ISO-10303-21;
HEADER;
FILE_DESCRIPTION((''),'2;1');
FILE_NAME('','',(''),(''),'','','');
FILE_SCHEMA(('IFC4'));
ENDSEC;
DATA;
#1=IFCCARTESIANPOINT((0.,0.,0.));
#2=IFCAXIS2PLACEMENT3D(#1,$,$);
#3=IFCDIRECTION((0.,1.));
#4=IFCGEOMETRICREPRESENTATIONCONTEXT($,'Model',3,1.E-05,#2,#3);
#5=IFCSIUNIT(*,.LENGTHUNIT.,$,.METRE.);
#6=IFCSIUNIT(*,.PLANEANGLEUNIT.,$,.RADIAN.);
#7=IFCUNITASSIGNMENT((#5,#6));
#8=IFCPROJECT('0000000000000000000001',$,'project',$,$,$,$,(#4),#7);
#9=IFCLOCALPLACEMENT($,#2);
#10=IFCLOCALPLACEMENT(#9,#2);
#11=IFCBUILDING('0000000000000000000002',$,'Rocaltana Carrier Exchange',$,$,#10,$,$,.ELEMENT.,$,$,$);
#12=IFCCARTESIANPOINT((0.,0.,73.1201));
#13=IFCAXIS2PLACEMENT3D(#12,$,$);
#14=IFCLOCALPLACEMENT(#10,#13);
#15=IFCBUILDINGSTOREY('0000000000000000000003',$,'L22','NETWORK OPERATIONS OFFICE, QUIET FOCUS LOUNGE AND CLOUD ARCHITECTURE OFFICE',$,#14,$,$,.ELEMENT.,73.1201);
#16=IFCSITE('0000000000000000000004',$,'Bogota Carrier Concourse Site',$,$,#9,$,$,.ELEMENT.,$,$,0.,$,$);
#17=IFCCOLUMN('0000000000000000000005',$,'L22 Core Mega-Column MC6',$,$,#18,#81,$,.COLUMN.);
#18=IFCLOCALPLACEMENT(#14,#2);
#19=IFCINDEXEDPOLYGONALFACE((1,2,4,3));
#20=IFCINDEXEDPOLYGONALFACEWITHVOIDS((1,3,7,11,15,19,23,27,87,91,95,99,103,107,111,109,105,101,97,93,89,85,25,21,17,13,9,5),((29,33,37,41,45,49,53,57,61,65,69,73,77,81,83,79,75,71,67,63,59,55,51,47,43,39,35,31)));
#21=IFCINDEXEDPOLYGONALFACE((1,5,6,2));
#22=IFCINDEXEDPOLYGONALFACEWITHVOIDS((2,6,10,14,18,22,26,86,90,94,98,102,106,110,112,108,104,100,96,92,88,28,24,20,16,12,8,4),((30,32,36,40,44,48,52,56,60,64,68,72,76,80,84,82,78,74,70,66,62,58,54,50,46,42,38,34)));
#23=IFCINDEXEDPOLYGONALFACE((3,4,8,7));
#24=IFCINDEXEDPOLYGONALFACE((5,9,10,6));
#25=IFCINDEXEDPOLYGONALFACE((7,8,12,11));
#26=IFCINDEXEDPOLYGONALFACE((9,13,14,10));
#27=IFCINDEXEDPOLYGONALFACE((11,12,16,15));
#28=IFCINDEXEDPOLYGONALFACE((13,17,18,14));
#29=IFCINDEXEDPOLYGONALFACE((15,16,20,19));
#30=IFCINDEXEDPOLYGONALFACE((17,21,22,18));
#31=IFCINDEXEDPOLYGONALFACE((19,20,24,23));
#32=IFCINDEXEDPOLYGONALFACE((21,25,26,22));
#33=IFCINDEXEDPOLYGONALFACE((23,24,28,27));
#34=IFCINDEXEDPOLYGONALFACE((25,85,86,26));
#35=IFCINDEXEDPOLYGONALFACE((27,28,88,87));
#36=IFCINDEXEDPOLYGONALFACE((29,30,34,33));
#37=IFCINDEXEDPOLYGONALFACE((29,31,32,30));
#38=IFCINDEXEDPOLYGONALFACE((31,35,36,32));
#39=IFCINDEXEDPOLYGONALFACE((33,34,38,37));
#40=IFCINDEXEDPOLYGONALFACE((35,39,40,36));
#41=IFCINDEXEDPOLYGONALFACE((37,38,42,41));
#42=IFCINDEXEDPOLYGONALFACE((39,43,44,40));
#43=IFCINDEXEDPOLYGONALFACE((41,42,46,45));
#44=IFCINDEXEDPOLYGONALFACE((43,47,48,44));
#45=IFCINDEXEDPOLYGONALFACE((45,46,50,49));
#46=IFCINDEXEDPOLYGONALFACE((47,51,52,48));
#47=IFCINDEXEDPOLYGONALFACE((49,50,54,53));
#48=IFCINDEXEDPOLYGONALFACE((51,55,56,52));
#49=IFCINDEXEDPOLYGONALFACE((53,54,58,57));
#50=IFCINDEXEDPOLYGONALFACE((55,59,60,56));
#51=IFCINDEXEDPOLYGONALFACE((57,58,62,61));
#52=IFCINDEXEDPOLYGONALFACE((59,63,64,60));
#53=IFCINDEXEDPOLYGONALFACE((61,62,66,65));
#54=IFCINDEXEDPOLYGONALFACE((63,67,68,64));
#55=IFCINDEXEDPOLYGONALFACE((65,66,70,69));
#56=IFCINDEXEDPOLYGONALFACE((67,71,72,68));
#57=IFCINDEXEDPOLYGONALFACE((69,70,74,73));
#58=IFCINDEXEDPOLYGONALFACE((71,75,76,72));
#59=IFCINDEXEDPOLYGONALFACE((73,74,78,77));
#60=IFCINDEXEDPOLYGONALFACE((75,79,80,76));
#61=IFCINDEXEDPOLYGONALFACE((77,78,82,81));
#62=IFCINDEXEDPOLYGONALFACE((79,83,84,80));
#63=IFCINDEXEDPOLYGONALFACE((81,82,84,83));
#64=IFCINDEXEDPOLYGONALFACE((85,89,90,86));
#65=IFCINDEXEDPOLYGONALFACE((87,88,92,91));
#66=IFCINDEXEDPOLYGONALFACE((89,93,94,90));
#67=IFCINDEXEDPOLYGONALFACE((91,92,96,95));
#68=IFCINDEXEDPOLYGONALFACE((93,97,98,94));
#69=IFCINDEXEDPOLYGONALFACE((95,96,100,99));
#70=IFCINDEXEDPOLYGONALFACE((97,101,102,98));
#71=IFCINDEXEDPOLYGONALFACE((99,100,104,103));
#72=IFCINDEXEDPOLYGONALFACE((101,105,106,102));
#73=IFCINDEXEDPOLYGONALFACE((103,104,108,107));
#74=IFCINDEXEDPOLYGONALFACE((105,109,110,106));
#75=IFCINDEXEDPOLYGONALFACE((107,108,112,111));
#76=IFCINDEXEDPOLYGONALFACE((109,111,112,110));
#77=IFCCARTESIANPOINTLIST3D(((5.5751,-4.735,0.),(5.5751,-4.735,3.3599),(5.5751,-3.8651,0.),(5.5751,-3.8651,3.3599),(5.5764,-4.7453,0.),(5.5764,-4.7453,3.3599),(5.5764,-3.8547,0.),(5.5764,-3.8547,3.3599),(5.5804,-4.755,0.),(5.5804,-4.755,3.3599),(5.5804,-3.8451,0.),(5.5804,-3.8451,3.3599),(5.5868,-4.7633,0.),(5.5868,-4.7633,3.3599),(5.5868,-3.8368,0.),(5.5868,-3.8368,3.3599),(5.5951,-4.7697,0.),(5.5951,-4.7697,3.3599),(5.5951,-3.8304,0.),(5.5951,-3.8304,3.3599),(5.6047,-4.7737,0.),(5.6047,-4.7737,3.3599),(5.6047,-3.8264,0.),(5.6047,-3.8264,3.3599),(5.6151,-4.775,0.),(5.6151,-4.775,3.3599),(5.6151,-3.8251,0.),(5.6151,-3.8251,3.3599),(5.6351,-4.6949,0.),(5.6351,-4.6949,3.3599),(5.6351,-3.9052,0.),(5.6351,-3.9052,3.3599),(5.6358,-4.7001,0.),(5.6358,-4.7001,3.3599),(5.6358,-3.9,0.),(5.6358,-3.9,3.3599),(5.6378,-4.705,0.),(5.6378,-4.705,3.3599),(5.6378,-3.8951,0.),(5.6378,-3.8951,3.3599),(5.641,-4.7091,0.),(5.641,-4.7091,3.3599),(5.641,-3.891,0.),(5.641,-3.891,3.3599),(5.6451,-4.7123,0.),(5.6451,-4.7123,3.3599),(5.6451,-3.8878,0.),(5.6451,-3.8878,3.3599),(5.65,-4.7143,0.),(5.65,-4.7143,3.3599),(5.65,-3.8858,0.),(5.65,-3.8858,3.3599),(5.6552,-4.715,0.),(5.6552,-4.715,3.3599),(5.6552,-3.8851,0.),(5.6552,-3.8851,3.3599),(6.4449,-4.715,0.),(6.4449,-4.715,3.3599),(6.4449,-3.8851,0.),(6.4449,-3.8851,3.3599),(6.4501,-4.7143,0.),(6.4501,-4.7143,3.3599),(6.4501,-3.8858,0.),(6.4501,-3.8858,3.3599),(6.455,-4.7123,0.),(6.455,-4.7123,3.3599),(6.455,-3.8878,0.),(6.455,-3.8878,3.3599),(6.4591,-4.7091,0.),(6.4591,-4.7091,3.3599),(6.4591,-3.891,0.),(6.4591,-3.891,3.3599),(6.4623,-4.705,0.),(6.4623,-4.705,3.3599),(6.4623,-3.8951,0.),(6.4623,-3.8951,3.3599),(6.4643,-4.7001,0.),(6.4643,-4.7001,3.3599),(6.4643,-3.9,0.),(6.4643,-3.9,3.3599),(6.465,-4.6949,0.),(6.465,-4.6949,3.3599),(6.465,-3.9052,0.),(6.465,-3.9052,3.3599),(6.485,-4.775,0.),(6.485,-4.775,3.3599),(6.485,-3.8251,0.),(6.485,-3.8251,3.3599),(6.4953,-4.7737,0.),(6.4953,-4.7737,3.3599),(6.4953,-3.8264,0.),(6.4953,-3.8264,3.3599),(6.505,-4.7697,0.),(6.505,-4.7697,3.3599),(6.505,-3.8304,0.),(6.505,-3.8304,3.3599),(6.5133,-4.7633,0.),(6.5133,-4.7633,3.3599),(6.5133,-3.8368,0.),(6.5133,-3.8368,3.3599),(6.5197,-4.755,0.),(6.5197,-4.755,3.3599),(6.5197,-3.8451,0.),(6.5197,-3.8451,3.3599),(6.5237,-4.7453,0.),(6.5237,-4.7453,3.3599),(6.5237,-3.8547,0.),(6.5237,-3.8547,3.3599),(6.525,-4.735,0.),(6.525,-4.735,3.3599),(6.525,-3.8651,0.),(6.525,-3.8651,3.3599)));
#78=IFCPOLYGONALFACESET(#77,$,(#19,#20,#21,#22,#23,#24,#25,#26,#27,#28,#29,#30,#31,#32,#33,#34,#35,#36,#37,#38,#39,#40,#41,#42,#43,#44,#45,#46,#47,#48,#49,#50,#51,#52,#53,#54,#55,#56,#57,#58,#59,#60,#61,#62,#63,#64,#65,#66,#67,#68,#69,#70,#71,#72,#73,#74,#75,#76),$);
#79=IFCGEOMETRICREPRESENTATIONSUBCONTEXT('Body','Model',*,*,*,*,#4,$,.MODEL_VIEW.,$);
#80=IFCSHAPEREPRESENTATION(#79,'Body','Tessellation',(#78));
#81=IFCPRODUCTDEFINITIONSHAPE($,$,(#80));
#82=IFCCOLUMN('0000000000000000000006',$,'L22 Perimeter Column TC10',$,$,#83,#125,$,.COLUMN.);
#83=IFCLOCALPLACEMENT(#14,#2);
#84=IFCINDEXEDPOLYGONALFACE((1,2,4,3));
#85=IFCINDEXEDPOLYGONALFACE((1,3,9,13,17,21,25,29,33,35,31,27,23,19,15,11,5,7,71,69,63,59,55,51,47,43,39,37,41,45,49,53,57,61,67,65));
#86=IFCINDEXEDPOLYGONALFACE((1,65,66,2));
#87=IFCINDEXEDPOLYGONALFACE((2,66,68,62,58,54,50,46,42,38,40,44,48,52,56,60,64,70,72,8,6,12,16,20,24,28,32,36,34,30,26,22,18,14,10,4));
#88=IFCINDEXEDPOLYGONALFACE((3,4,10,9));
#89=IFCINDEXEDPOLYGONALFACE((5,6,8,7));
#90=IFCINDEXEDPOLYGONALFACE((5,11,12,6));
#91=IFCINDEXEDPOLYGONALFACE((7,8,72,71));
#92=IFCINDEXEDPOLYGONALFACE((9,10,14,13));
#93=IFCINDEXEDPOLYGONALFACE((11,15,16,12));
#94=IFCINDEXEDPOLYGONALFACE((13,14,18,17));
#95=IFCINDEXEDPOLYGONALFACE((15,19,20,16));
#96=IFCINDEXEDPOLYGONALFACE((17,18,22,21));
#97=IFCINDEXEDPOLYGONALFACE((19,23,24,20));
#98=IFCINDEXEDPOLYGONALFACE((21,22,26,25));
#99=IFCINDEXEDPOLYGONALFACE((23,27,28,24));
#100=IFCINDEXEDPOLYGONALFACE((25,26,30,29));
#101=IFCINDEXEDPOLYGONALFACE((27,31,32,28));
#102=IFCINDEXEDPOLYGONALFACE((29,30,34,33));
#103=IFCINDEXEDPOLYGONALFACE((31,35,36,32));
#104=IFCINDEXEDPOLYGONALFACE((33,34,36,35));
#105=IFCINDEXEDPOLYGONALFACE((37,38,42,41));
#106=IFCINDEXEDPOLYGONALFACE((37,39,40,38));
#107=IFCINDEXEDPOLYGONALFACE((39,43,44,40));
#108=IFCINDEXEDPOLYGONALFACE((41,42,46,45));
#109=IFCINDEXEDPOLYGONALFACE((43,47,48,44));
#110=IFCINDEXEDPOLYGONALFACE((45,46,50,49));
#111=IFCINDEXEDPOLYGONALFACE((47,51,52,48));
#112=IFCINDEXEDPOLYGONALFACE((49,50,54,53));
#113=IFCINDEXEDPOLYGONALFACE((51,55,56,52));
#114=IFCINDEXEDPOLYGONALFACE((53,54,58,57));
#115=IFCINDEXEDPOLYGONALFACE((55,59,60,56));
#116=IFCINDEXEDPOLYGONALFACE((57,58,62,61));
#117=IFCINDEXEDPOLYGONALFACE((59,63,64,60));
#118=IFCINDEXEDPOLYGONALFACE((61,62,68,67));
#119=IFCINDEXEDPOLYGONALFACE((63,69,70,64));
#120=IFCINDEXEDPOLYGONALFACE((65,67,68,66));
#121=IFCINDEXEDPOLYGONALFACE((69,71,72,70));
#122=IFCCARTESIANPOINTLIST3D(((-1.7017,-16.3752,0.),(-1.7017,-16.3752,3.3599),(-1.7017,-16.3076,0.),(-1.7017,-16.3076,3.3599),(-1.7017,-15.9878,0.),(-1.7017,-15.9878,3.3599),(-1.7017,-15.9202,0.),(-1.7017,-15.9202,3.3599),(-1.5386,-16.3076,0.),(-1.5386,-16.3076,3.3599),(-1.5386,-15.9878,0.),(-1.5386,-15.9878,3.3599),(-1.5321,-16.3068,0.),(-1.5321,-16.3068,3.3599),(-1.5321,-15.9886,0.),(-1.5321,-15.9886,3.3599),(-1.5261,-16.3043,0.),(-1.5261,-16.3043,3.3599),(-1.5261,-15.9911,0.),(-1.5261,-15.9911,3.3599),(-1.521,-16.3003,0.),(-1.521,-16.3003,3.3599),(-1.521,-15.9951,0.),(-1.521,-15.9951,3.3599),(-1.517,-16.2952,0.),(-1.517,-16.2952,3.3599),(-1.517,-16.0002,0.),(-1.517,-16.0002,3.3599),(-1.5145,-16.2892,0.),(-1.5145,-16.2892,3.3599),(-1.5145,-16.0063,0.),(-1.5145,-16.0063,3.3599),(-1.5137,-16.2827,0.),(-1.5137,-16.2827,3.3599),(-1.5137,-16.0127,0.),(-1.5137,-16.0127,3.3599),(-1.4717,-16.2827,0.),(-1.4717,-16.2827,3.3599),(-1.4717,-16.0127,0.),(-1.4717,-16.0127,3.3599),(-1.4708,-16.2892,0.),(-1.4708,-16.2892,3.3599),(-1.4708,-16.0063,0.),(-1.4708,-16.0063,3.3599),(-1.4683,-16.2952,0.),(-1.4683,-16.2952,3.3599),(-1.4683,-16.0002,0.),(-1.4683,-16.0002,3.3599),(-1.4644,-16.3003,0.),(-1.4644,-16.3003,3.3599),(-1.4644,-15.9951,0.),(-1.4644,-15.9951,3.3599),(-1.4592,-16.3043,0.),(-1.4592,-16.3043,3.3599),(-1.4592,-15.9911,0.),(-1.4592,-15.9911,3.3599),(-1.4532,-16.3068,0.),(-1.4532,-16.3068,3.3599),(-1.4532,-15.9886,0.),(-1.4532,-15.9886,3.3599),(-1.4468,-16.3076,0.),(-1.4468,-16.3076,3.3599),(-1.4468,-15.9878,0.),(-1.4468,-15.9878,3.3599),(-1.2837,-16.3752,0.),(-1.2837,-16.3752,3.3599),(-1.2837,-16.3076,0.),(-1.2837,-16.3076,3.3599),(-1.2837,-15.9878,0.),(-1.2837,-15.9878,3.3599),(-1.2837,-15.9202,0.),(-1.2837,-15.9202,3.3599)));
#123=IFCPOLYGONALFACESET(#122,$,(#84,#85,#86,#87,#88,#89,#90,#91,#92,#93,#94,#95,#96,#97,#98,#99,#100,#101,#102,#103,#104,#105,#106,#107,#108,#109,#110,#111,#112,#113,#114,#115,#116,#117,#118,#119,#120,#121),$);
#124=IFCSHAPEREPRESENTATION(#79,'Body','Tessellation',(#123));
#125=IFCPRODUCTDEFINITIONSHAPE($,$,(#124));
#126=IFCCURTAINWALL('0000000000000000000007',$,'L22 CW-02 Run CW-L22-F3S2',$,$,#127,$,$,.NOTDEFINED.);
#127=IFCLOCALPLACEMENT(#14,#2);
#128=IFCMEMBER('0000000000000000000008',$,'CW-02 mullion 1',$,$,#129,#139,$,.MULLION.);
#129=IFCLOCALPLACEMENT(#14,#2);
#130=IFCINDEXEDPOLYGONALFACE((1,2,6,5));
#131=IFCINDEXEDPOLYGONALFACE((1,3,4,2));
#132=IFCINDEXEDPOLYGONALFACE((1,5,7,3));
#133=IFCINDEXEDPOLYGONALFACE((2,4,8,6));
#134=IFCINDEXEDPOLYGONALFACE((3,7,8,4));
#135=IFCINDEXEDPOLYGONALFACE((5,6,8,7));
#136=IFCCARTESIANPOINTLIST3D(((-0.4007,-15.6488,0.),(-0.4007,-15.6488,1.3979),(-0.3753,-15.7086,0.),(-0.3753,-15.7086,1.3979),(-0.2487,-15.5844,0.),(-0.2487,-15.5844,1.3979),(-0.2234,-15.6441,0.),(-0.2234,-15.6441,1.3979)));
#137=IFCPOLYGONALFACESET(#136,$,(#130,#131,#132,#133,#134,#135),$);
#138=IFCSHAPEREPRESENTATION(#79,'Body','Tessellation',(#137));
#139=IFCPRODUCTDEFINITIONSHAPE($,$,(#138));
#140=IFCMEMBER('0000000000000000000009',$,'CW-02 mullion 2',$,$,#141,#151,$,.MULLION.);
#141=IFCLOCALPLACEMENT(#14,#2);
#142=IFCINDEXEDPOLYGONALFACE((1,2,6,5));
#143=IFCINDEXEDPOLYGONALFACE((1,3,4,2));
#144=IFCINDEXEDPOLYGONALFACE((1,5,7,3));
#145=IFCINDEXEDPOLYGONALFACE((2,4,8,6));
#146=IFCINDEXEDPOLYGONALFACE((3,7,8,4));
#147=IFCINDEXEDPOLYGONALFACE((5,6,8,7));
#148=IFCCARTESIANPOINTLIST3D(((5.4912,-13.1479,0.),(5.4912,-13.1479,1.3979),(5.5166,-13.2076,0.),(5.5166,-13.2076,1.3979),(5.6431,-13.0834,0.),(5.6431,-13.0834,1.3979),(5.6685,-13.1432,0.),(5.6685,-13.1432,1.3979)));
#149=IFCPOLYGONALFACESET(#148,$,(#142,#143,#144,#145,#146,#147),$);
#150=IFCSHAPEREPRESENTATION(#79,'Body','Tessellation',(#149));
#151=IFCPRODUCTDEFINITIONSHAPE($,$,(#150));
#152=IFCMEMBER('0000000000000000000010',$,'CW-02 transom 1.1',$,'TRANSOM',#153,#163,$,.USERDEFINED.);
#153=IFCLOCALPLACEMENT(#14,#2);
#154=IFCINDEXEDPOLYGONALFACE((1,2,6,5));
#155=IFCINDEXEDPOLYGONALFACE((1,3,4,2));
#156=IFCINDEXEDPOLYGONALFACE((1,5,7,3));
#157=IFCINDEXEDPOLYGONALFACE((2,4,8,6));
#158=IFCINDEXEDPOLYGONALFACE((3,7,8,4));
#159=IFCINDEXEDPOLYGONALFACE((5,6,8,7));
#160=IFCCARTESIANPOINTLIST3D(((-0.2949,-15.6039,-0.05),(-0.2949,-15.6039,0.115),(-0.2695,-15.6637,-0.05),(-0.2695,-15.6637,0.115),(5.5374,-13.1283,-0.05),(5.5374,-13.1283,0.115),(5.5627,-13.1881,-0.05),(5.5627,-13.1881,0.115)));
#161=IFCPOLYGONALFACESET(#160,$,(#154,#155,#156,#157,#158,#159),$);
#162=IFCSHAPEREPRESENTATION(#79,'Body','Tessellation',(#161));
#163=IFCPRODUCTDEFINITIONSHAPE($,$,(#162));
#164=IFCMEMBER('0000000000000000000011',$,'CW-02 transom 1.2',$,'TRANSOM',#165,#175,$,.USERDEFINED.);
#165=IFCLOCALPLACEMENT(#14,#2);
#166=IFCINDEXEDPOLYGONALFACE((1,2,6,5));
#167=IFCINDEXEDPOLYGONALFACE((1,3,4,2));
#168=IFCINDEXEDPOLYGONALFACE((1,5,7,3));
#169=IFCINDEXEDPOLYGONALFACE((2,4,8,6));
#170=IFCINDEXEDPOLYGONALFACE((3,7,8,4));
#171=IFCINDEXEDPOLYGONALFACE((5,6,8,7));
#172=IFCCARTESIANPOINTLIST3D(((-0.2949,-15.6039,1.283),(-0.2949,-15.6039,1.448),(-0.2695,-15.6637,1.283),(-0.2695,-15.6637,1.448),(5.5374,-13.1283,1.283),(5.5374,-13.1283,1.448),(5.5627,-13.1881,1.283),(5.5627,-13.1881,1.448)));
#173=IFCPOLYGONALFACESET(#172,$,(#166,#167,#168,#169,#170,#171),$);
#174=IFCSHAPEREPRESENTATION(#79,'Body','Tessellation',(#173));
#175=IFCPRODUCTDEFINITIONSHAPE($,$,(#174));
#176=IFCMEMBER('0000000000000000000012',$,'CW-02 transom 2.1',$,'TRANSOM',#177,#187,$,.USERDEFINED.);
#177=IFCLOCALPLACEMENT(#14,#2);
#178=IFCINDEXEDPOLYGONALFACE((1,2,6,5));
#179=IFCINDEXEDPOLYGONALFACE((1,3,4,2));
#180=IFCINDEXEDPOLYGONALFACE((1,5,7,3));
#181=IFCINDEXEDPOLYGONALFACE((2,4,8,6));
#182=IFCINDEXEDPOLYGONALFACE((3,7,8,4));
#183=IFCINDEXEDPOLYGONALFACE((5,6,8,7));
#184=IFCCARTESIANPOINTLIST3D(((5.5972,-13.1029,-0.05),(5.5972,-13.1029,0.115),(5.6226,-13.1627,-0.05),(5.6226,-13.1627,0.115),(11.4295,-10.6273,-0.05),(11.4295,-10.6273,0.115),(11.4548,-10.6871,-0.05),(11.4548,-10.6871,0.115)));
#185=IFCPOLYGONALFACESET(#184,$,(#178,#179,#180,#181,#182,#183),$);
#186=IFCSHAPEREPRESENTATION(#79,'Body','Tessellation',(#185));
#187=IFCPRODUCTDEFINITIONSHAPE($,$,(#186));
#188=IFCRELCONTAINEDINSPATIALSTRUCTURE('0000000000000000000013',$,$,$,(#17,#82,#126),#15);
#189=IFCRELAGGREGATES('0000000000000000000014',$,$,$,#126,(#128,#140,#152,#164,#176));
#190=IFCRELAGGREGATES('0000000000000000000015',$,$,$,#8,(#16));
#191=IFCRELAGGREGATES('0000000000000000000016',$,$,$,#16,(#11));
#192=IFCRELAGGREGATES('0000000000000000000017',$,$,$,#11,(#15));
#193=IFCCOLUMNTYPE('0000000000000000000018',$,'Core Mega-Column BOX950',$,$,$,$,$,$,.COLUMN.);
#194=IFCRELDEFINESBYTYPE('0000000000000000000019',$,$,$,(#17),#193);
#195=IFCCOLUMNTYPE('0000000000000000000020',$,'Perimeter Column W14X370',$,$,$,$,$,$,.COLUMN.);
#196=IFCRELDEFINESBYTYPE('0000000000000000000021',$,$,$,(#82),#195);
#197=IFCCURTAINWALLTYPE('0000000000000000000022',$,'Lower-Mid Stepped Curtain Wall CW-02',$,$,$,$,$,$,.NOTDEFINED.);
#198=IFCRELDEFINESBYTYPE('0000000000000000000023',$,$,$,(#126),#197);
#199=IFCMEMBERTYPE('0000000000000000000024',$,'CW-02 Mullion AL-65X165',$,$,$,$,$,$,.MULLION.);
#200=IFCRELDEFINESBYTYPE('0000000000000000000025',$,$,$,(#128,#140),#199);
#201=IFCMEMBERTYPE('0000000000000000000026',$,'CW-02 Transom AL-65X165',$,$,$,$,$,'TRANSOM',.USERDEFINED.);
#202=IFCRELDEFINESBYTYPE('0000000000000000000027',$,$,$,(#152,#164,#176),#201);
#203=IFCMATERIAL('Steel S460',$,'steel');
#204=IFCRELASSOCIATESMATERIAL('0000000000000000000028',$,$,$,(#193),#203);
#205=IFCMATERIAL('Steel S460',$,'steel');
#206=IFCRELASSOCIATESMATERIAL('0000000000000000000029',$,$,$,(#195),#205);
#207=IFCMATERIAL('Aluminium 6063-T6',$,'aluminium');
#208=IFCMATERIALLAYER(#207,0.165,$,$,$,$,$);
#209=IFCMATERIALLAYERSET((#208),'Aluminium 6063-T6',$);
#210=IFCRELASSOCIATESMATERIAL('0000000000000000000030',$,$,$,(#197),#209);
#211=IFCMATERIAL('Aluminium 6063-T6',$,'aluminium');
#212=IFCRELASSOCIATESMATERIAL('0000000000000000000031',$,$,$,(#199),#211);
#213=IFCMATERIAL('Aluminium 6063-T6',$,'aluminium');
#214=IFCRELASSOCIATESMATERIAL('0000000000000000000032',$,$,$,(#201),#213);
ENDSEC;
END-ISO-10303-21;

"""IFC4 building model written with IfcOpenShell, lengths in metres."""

from ifc_helpers import new_model, si_unit, direction, frame, origin, origin_2d, place, context, subcontext, project, spatial, rectangle, hollow_rectangle, i_section, extrude, material, layer, layer_set, material_profile, profile_set, type_object, element, aggregate, save


model = new_model("IFC4")

# Units and contexts
model_context = context("Model", 3, precision=1e-05, world=origin(), true_north=direction((0.0, 1.0)))
body_context = subcontext(model_context, "Body", "Model", "MODEL_VIEW")
ifc_project = project(units=[si_unit("LENGTHUNIT", "METRE"), si_unit("PLANEANGLEUNIT", "RADIAN")], contexts=[model_context])

# Site, building, storey
site_placement = place(None, origin())
site = spatial("IfcSite", under=ifc_project, at=site_placement, Name="Bogota Carrier Concourse Site", CompositionType="ELEMENT", RefElevation=0.0)
building_placement = place(site_placement, origin())
building = spatial("IfcBuilding", under=site, at=building_placement, Name="Rocaltana Carrier Exchange", CompositionType="ELEMENT")
storey_placement = place(building_placement, frame((0.0, 0.0, 73.1201)))
storey = spatial("IfcBuildingStorey", under=building, at=storey_placement, Name="L22", Description="NETWORK OPERATIONS OFFICE, QUIET FOCUS LOUNGE AND CLOUD ARCHITECTURE OFFICE", CompositionType="ELEMENT", Elevation=73.1201)

# Columns
ifc_material_1 = material(Name="Steel S460", Category="steel")
ifc_material_profile_1 = material_profile(ifc_material_1, hollow_rectangle(XDim=0.95, YDim=0.95, WallThickness=0.0601, InnerFilletRadius=0.02, OuterFilletRadius=0.04, at=origin_2d()), Name="BOX950X950X60")
ifc_profile_set_1 = profile_set([ifc_material_profile_1], Name="Steel S460")
column_type_1 = type_object("IfcColumnType", Name="Core Mega-Column BOX950", PredefinedType="COLUMN", material=ifc_profile_set_1)
column_1_placement = place(storey_placement, frame((6.05, -4.3, 0.0), z_axis=(0.0, 0.0, 1.0), x_axis=(1.0, 0.0, 0.0)))
element("IfcColumn", 1, at=column_1_placement, inside=storey, type_object=column_type_1, Name="L22 Core Mega-Column MC6", PredefinedType="COLUMN", context=body_context, shape_type="SweptSolid", body=[
    extrude(hollow_rectangle(XDim=0.95, YDim=0.95, WallThickness=0.0601, InnerFilletRadius=0.02, OuterFilletRadius=0.04, at=origin_2d()), origin(), (0.0, 0.0, 1.0), 3.3599),
])
ifc_material_2 = material(Name="Steel S460", Category="steel")
ifc_material_profile_2 = material_profile(ifc_material_2, i_section(OverallWidth=0.418, OverallDepth=0.4551, WebThickness=0.042, FlangeThickness=0.0676, FilletRadius=0.0249, at=origin_2d()), Name="W14X370")
ifc_profile_set_2 = profile_set([ifc_material_profile_2], Name="Steel S460")
column_type_2 = type_object("IfcColumnType", Name="Perimeter Column W14X370", PredefinedType="COLUMN", material=ifc_profile_set_2)
column_2_placement = place(storey_placement, frame((-1.4927, -16.1477, 0.0), z_axis=(0.0, 0.0, 1.0), x_axis=(1.0, 0.0, 0.0)))
element("IfcColumn", 2, at=column_2_placement, inside=storey, type_object=column_type_2, Name="L22 Perimeter Column TC10", PredefinedType="COLUMN", context=body_context, shape_type="SweptSolid", body=[
    extrude(i_section(OverallWidth=0.418, OverallDepth=0.4551, WebThickness=0.042, FlangeThickness=0.0676, FilletRadius=0.0249, at=origin_2d()), origin(), (0.0, 0.0, 1.0), 3.3599),
])

# Curtain wall, members
ifc_material_3 = material(Name="Aluminium 6063-T6", Category="aluminium")
ifc_layer_1 = layer(ifc_material_3, 0.165)
ifc_layer_set_1 = layer_set([ifc_layer_1], Name="Aluminium 6063-T6")
curtain_wall_type = type_object("IfcCurtainWallType", Name="Lower-Mid Stepped Curtain Wall CW-02", PredefinedType="NOTDEFINED", material=ifc_layer_set_1)
curtain_wall_placement = place(storey_placement, origin())
curtain_wall = element("IfcCurtainWall", 3, at=curtain_wall_placement, inside=storey, type_object=curtain_wall_type, Name="L22 CW-02 Run CW-L22-F3S2", PredefinedType="NOTDEFINED")
ifc_material_4 = material(Name="Aluminium 6063-T6", Category="aluminium")
ifc_material_profile_3 = material_profile(ifc_material_4, rectangle(XDim=0.0649, YDim=0.165, at=origin_2d()), Name="AL-65X165")
ifc_profile_set_3 = profile_set([ifc_material_profile_3], Name="Aluminium 6063-T6")
member_type_1 = type_object("IfcMemberType", Name="CW-02 Mullion AL-65X165", PredefinedType="MULLION", material=ifc_profile_set_3)
member_1_placement = place(storey_placement, frame((-0.312, -15.6465, 0.0), z_axis=(0.0, 0.0, 1.0), x_axis=(-0.390729, 0.920506, 0.0)))
member_1 = element("IfcMember", 4, at=member_1_placement, type_object=member_type_1, Name="CW-02 mullion 1", PredefinedType="MULLION", context=body_context, shape_type="SweptSolid", body=[
    extrude(rectangle(XDim=0.0649, YDim=0.165, at=origin_2d()), origin(), (0.0, 0.0, 1.0), 1.3979),
])
member_2_placement = place(storey_placement, frame((5.5798, -13.1455, 0.0), z_axis=(0.0, 0.0, 1.0), x_axis=(-0.390729, 0.920506, 0.0)))
member_2 = element("IfcMember", 5, at=member_2_placement, type_object=member_type_1, Name="CW-02 mullion 2", PredefinedType="MULLION", context=body_context, shape_type="SweptSolid", body=[
    extrude(rectangle(XDim=0.0649, YDim=0.165, at=origin_2d()), origin(), (0.0, 0.0, 1.0), 1.3979),
])
ifc_material_5 = material(Name="Aluminium 6063-T6", Category="aluminium")
ifc_material_profile_4 = material_profile(ifc_material_5, rectangle(XDim=0.0649, YDim=0.165, at=origin_2d()), Name="AL-65X165")
ifc_profile_set_4 = profile_set([ifc_material_profile_4], Name="Aluminium 6063-T6")
member_type_2 = type_object("IfcMemberType", Name="CW-02 Transom AL-65X165", ElementType="TRANSOM", PredefinedType="USERDEFINED", material=ifc_profile_set_4)
member_3_placement = place(storey_placement, frame((-0.2822, -15.6338, 0.0325), z_axis=(0.920509, 0.390722, 0.0), x_axis=(-0.390722, 0.920509, 0.0)))
member_3 = element("IfcMember", 6, at=member_3_placement, type_object=member_type_2, Name="CW-02 transom 1.1", ObjectType="TRANSOM", PredefinedType="USERDEFINED", context=body_context, shape_type="SweptSolid", body=[
    extrude(rectangle(XDim=0.0649, YDim=0.165, at=origin_2d()), origin(), (0.0, 0.0, 1.0), 6.3359),
])
member_4_placement = place(storey_placement, frame((-0.2822, -15.6338, 1.3655), z_axis=(0.920509, 0.390722, 0.0), x_axis=(-0.390722, 0.920509, 0.0)))
member_4 = element("IfcMember", 7, at=member_4_placement, type_object=member_type_2, Name="CW-02 transom 1.2", ObjectType="TRANSOM", PredefinedType="USERDEFINED", context=body_context, shape_type="SweptSolid", body=[
    extrude(rectangle(XDim=0.0649, YDim=0.165, at=origin_2d()), origin(), (0.0, 0.0, 1.0), 6.3359),
])
member_5_placement = place(storey_placement, frame((5.6099, -13.1328, 0.0325), z_axis=(0.920509, 0.390722, 0.0), x_axis=(-0.390722, 0.920509, 0.0)))
member_5 = element("IfcMember", 8, at=member_5_placement, type_object=member_type_2, Name="CW-02 transom 2.1", ObjectType="TRANSOM", PredefinedType="USERDEFINED", context=body_context, shape_type="SweptSolid", body=[
    extrude(rectangle(XDim=0.0649, YDim=0.165, at=origin_2d()), origin(), (0.0, 0.0, 1.0), 6.3359),
])

aggregate(curtain_wall, [member_1, member_2, member_3, member_4, member_5])

save(model, "model.ifc")
